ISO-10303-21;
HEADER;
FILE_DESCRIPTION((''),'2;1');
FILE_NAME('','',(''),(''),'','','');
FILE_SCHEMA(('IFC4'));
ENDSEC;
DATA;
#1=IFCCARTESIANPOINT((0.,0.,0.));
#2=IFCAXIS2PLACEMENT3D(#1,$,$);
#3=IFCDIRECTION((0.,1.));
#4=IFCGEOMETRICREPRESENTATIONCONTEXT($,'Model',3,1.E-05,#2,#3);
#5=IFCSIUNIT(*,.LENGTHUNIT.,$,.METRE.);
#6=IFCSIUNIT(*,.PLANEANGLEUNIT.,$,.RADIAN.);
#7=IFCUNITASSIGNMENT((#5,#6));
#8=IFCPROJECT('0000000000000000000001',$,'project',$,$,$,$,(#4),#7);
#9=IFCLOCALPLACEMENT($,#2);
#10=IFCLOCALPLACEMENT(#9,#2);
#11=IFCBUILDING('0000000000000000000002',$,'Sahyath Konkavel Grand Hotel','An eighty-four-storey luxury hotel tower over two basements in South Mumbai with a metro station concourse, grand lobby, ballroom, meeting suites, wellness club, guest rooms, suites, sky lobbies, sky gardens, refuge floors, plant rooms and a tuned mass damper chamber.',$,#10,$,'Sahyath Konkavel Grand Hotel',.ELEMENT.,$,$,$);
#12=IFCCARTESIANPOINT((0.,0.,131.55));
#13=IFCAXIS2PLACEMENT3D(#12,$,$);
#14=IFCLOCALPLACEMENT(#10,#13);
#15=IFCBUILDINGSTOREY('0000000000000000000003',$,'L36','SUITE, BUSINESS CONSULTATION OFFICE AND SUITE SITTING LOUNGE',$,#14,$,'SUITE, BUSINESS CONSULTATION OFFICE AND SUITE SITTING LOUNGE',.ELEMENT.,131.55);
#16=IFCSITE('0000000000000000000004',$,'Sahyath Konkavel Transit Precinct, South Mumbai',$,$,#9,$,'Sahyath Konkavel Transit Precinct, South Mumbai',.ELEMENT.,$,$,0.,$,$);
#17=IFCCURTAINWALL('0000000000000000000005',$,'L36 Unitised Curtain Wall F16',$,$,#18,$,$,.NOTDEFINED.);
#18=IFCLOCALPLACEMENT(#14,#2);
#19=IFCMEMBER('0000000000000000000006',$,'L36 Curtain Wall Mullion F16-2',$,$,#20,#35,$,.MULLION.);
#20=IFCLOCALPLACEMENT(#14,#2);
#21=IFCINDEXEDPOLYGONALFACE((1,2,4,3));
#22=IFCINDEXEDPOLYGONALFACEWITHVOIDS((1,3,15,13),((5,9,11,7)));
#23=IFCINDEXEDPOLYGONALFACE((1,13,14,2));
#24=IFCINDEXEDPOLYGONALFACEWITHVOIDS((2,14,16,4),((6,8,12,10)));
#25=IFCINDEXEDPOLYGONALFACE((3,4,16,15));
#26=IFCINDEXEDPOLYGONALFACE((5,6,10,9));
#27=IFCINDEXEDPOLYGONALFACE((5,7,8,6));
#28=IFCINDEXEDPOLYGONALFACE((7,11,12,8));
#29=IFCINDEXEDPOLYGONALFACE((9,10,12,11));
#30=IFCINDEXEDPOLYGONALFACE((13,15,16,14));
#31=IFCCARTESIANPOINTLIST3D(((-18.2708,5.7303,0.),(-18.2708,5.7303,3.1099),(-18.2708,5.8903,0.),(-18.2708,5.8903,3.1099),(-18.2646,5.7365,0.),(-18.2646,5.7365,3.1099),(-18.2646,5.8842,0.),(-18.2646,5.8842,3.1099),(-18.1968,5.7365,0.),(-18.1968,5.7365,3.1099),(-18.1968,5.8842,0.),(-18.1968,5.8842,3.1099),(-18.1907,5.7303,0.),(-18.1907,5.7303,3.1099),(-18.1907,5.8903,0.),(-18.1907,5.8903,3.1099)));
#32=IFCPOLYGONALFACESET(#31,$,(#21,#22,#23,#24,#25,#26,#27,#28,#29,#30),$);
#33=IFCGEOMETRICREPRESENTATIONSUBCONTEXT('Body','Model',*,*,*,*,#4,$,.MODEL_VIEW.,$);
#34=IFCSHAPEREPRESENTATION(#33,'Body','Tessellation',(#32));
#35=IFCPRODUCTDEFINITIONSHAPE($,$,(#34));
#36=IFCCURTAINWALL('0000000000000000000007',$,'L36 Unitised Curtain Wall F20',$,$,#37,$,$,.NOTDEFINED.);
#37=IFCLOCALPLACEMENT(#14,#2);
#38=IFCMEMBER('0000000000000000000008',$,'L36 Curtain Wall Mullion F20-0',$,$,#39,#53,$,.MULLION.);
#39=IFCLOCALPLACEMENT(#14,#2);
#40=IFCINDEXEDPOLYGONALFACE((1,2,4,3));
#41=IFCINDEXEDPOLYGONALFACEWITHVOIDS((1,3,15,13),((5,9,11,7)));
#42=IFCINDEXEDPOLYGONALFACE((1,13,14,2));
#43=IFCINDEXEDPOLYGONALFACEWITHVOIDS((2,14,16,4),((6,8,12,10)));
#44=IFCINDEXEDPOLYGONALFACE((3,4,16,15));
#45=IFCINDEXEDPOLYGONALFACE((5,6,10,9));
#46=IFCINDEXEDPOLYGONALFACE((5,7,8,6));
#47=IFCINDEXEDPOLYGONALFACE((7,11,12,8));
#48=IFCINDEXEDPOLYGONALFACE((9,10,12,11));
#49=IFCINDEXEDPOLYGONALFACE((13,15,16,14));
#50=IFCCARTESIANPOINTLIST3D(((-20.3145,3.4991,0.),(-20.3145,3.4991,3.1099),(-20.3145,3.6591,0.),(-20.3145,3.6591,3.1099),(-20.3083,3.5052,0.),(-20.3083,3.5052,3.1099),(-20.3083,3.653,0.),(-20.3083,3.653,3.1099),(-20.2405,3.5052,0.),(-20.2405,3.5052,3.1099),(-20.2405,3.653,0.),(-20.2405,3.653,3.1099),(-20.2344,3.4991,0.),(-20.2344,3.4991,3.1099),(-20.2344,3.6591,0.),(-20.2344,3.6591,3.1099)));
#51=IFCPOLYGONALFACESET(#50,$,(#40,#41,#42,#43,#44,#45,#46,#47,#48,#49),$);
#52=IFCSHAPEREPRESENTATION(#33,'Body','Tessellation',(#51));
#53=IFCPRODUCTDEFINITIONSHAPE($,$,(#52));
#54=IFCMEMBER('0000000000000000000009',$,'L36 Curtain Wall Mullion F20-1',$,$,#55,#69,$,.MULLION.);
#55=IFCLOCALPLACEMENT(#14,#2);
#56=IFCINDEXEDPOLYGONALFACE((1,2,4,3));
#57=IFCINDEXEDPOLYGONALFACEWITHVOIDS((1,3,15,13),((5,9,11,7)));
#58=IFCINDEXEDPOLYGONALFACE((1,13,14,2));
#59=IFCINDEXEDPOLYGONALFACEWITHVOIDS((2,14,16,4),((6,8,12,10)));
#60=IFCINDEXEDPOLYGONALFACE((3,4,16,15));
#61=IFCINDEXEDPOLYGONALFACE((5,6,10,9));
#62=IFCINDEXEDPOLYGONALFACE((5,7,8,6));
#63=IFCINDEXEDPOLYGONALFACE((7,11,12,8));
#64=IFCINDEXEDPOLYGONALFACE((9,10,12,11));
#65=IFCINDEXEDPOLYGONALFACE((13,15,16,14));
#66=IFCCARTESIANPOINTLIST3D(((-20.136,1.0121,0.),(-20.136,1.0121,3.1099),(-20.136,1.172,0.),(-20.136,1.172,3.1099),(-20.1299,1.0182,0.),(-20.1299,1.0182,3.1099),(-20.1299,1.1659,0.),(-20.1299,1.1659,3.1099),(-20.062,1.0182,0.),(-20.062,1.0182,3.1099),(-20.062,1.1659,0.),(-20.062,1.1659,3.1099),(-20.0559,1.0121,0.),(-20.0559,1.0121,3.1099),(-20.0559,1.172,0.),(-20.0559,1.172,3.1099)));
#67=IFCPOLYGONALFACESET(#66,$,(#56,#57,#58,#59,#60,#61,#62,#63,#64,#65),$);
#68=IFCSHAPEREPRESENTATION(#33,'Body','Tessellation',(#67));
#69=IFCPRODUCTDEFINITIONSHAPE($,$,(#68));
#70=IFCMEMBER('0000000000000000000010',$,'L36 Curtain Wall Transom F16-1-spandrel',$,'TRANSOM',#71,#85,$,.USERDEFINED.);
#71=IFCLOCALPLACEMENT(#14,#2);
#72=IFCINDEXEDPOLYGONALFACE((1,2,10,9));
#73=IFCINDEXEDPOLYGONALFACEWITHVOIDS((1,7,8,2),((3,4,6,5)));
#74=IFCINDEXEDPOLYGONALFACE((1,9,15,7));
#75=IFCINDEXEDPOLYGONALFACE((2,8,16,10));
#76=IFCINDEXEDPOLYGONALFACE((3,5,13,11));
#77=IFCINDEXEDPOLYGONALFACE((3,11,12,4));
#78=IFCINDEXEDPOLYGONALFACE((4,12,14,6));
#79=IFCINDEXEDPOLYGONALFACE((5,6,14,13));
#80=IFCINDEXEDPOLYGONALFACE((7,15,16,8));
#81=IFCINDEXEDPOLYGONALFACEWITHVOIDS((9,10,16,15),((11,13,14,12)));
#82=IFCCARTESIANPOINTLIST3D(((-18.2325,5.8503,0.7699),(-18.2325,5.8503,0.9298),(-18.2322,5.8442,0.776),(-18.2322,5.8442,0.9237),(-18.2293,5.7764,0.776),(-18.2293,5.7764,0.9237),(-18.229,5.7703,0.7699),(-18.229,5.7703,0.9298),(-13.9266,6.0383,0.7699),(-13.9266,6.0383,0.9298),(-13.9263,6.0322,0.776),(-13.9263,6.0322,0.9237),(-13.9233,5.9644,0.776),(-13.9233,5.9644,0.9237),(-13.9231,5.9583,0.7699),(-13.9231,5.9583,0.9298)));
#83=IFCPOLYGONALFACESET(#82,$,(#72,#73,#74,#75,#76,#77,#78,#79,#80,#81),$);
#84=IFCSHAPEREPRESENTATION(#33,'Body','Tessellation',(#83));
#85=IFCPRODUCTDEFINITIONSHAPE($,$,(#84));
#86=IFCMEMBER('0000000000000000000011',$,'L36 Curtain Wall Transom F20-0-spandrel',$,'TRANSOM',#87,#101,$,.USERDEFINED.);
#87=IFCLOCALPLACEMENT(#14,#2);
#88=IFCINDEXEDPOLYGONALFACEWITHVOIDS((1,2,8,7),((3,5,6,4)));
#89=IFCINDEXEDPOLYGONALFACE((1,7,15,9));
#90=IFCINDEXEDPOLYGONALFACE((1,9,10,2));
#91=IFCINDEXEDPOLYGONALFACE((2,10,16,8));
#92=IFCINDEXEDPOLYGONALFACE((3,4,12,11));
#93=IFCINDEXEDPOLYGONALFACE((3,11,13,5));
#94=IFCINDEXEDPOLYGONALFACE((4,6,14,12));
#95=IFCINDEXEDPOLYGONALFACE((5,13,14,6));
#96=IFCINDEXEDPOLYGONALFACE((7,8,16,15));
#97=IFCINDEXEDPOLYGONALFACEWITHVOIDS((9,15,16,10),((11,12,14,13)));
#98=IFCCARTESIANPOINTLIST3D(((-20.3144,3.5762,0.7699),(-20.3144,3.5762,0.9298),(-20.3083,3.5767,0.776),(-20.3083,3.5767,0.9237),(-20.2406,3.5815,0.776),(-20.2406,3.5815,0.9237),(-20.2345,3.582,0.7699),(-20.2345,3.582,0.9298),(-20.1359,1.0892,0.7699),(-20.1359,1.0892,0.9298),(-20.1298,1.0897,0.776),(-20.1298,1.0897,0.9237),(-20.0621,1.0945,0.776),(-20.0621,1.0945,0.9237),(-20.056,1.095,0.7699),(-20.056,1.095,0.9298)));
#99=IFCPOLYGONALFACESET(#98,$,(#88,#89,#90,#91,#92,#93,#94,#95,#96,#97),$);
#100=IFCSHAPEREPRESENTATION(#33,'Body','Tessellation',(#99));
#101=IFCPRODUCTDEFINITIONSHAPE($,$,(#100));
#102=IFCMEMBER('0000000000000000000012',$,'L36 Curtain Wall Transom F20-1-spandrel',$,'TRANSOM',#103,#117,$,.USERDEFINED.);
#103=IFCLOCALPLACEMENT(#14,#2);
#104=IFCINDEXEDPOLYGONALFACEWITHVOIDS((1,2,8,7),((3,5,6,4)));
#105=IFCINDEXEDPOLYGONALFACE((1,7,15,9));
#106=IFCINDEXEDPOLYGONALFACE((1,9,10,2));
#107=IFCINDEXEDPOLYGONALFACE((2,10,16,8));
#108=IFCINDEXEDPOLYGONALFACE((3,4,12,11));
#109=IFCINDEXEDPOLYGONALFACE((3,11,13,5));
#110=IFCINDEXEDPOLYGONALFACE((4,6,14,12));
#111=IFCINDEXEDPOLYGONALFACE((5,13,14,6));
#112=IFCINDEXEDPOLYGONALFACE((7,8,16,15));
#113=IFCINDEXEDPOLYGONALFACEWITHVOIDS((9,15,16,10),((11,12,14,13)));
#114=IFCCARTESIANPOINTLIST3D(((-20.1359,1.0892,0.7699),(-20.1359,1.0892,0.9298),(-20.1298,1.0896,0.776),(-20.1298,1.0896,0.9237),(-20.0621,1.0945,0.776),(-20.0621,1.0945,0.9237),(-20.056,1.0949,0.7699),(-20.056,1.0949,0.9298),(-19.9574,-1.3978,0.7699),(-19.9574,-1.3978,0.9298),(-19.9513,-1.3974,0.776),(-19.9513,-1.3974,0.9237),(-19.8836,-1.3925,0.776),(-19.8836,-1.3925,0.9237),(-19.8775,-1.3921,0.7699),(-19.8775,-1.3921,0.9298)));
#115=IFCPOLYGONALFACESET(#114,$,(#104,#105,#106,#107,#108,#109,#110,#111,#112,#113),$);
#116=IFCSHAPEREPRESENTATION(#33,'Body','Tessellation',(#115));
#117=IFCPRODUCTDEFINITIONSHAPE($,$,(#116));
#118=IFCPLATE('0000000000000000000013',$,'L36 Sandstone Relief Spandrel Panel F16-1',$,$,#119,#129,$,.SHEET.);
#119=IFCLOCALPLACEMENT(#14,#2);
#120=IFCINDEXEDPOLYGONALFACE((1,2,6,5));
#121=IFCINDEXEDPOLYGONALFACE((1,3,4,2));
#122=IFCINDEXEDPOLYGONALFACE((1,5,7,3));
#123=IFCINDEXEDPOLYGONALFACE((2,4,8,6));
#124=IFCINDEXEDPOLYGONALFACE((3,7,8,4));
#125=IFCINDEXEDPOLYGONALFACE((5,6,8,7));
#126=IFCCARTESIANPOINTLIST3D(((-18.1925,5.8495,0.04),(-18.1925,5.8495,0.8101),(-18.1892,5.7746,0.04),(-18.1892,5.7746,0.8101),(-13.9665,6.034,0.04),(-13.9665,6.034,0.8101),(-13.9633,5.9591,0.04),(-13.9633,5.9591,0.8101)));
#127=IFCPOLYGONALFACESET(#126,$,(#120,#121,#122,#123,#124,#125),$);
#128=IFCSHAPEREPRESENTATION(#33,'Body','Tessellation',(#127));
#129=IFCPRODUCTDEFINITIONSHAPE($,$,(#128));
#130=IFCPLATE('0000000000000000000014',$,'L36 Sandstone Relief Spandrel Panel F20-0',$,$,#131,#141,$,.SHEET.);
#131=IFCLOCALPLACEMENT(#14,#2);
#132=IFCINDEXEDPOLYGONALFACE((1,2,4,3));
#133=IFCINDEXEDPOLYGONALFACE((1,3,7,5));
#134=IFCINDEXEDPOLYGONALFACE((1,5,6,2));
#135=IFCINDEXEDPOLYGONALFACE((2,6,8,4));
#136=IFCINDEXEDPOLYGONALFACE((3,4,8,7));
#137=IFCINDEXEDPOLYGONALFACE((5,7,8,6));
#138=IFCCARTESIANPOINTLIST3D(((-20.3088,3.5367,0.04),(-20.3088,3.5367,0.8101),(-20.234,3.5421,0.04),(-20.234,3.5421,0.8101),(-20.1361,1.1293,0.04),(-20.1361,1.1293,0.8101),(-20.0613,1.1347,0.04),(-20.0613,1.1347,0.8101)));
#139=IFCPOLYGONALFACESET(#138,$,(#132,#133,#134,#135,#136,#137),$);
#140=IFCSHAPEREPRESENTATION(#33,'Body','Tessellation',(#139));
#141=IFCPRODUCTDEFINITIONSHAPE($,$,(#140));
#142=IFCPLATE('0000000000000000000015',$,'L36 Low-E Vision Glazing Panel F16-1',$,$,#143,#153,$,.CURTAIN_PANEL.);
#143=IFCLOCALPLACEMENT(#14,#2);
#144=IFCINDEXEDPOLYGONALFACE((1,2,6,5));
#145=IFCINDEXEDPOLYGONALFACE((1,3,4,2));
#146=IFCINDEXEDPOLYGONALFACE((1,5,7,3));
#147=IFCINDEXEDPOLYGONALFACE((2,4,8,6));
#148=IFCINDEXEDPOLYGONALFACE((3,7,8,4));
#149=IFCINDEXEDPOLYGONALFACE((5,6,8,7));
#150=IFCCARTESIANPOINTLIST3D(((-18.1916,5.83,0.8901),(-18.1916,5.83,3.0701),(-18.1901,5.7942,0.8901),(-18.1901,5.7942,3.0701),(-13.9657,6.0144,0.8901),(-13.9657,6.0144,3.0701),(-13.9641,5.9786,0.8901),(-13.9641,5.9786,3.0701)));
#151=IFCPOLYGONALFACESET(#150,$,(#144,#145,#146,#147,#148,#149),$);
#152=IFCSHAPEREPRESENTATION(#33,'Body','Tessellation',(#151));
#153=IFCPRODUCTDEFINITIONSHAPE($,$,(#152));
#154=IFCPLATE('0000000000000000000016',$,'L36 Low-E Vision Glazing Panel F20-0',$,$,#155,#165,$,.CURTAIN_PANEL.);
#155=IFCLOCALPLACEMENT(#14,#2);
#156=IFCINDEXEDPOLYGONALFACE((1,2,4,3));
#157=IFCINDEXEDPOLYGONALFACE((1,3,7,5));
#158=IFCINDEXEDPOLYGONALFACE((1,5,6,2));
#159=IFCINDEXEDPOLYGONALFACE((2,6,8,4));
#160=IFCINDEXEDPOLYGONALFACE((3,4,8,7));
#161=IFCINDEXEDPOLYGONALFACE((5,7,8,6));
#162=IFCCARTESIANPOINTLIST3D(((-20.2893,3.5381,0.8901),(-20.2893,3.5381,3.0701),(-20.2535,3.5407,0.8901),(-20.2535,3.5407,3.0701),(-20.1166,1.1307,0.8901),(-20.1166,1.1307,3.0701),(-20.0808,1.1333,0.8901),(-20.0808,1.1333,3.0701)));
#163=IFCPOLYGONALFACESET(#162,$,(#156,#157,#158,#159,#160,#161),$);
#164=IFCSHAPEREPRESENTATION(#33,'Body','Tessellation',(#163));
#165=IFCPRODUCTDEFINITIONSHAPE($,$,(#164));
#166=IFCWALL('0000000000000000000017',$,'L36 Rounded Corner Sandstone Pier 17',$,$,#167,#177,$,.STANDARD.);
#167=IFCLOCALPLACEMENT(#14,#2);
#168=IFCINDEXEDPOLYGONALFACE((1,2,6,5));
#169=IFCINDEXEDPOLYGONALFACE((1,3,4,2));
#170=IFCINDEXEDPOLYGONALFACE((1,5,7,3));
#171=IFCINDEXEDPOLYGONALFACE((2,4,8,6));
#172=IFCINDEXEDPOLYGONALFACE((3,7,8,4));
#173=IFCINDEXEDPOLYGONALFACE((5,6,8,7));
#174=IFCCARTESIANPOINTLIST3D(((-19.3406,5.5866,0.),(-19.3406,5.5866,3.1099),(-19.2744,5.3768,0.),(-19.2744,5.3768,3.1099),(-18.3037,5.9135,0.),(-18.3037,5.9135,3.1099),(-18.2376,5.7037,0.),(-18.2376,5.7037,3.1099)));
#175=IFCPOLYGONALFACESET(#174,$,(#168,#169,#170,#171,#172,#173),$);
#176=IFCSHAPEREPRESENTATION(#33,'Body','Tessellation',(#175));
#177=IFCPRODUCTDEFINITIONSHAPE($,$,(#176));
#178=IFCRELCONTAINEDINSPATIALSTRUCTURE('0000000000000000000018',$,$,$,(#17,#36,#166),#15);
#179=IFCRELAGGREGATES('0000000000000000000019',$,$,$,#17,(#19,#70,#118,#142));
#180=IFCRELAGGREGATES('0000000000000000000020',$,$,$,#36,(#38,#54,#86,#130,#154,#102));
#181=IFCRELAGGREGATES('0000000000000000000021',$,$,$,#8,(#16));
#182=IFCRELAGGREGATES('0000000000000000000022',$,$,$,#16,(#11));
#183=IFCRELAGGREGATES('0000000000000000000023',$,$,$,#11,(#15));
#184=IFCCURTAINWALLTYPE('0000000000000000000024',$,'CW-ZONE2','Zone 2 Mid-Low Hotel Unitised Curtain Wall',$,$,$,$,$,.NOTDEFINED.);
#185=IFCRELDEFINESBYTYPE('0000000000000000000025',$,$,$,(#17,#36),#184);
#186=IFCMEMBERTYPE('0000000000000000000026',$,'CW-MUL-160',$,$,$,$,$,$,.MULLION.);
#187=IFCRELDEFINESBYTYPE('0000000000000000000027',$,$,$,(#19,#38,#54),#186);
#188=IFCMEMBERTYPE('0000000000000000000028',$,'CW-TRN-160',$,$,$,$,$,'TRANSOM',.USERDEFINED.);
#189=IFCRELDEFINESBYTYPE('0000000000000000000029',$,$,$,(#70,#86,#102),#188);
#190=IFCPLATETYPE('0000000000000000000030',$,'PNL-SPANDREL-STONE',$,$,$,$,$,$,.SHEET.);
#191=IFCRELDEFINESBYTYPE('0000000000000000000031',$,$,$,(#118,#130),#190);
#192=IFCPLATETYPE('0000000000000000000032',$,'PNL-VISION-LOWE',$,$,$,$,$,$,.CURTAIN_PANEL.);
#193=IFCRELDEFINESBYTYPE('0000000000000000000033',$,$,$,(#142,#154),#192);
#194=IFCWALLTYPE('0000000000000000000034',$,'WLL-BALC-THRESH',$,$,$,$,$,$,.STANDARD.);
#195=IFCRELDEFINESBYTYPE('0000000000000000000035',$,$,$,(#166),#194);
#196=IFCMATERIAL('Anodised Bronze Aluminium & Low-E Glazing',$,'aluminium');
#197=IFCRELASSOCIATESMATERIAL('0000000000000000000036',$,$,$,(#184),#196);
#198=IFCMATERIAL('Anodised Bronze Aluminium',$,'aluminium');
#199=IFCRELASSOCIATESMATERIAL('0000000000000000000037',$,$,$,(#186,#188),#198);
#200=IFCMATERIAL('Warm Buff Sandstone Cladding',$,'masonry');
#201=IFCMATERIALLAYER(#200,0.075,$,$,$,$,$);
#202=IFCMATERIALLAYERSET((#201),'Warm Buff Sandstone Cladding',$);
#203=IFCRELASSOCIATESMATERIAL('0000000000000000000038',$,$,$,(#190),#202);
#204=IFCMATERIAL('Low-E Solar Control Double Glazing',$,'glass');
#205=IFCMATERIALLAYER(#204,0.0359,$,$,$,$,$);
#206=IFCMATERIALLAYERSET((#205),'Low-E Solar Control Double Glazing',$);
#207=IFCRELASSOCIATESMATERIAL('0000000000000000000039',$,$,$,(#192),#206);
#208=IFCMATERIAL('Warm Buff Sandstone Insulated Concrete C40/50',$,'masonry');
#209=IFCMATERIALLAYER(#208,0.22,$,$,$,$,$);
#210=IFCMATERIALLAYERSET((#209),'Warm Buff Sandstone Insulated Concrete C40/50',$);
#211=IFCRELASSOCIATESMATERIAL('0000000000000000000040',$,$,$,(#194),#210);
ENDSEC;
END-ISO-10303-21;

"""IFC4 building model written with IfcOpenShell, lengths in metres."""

from ifc_helpers import new_model, si_unit, direction, frame, frame_2d, origin, origin_2d, place, context, subcontext, project, spatial, rectangle, hollow_rectangle, extrude, source, transform, mapped, material, layer, layer_set, material_profile, profile_set, type_object, element, aggregate, save


model = new_model("IFC4")

# Units and contexts
model_context = context("Model", 3, precision=1e-05, world=origin(), true_north=direction((0.0, 1.0)))
body_context = subcontext(model_context, "Body", "Model", "MODEL_VIEW")
ifc_project = project(units=[si_unit("LENGTHUNIT", "METRE"), si_unit("PLANEANGLEUNIT", "RADIAN")], contexts=[model_context])

# Site, building, storey
site_placement = place(None, origin())
site = spatial("IfcSite", under=ifc_project, at=site_placement, Name="Sahyath Konkavel Transit Precinct, South Mumbai", LongName="Sahyath Konkavel Transit Precinct, South Mumbai", CompositionType="ELEMENT", RefElevation=0.0)
building_placement = place(site_placement, origin())
building = spatial("IfcBuilding", under=site, at=building_placement, Name="Sahyath Konkavel Grand Hotel", Description="An eighty-four-storey luxury hotel tower over two basements in South Mumbai with a metro station concourse, grand lobby, ballroom, meeting suites, wellness club, guest rooms, suites, sky lobbies, sky gardens, refuge floors, plant rooms and a tuned mass damper chamber.", LongName="Sahyath Konkavel Grand Hotel", CompositionType="ELEMENT")
storey_placement = place(building_placement, frame((0.0, 0.0, 131.55)))
storey = spatial("IfcBuildingStorey", under=building, at=storey_placement, Name="L36", Description="SUITE, BUSINESS CONSULTATION OFFICE AND SUITE SITTING LOUNGE", LongName="SUITE, BUSINESS CONSULTATION OFFICE AND SUITE SITTING LOUNGE", CompositionType="ELEMENT", Elevation=131.55)

# Curtain walls, members
ifc_material_1 = material(Name="Anodised Bronze Aluminium & Low-E Glazing", Category="aluminium")
curtain_wall_type = type_object("IfcCurtainWallType", Name="CW-ZONE2", Description="Zone 2 Mid-Low Hotel Unitised Curtain Wall", PredefinedType="NOTDEFINED", material=ifc_material_1)
curtain_wall_1_placement = place(storey_placement, origin())
curtain_wall_1 = element("IfcCurtainWall", 1, at=curtain_wall_1_placement, inside=storey, type_object=curtain_wall_type, Name="L36 Unitised Curtain Wall F16", PredefinedType="NOTDEFINED")
ifc_material_2 = material(Name="Anodised Bronze Aluminium", Category="aluminium")
ifc_material_profile_1 = material_profile(ifc_material_2, hollow_rectangle(XDim=0.0801, YDim=0.1599, WallThickness=0.0061, at=origin_2d()), Name="RHS 160x80x6")
ifc_profile_set_1 = profile_set([ifc_material_profile_1], Name="Anodised Bronze Aluminium")
member_type_1 = type_object("IfcMemberType", Name="CW-MUL-160", PredefinedType="MULLION", material=ifc_profile_set_1)
shared_shape_1 = source(origin(), body_context, "Body", "SweptSolid", [
    extrude(hollow_rectangle(XDim=0.0801, YDim=0.1599, WallThickness=0.0061, at=origin_2d()), origin(), (0.0, 0.0, 1.0), 3.1099),
])
member_1_placement = place(storey_placement, frame((-18.2307, 5.8103, 0.0), z_axis=(0.0, 0.0, 1.0), x_axis=(1.0, 0.0, 0.0)))
member_1 = element("IfcMember", 2, at=member_1_placement, type_object=member_type_1, Name="L36 Curtain Wall Mullion F16-2", PredefinedType="MULLION", context=body_context, shape_type="MappedRepresentation", body=[
    mapped(shared_shape_1, transform((0.0, 0.0, 0.0), scale=1.0)),
])
curtain_wall_2_placement = place(storey_placement, origin())
curtain_wall_2 = element("IfcCurtainWall", 3, at=curtain_wall_2_placement, inside=storey, type_object=curtain_wall_type, Name="L36 Unitised Curtain Wall F20", PredefinedType="NOTDEFINED")
member_2_placement = place(storey_placement, frame((-20.2744, 3.5791, 0.0), z_axis=(0.0, 0.0, 1.0), x_axis=(1.0, 0.0, 0.0)))
member_2 = element("IfcMember", 4, at=member_2_placement, type_object=member_type_1, Name="L36 Curtain Wall Mullion F20-0", PredefinedType="MULLION", context=body_context, shape_type="MappedRepresentation", body=[
    mapped(shared_shape_1, transform((0.0, 0.0, 0.0), scale=1.0)),
])
member_3_placement = place(storey_placement, frame((-20.0959, 1.092, 0.0), z_axis=(0.0, 0.0, 1.0), x_axis=(1.0, 0.0, 0.0)))
member_3 = element("IfcMember", 5, at=member_3_placement, type_object=member_type_1, Name="L36 Curtain Wall Mullion F20-1", PredefinedType="MULLION", context=body_context, shape_type="MappedRepresentation", body=[
    mapped(shared_shape_1, transform((0.0, 0.0, 0.0), scale=1.0)),
])

# Members
ifc_material_profile_2 = material_profile(ifc_material_2, hollow_rectangle(XDim=0.0801, YDim=0.1599, WallThickness=0.0061, at=origin_2d()), Name="RHS 160x80x6")
ifc_profile_set_2 = profile_set([ifc_material_profile_2], Name="Anodised Bronze Aluminium")
member_type_2 = type_object("IfcMemberType", Name="CW-TRN-160", ElementType="TRANSOM", PredefinedType="USERDEFINED", material=ifc_profile_set_2)
shared_shape_2 = source(origin(), body_context, "Body", "SweptSolid", [
    extrude(hollow_rectangle(XDim=0.0801, YDim=0.1599, WallThickness=0.0061, at=origin_2d()), origin(), (0.0, 0.0, 1.0), 4.3101),
])
member_4_placement = place(storey_placement, frame((-13.9248, 5.9983, 0.8499), z_axis=(-0.999048, -0.043617, 0.0), x_axis=(0.043617, -0.999048, 0.0)))
member_4 = element("IfcMember", 6, at=member_4_placement, type_object=member_type_2, Name="L36 Curtain Wall Transom F16-1-spandrel", ObjectType="TRANSOM", PredefinedType="USERDEFINED", context=body_context, shape_type="MappedRepresentation", body=[
    mapped(shared_shape_2, transform((0.0, 0.0, 0.0), scale=1.0)),
])
shared_shape_3 = source(origin(), body_context, "Body", "SweptSolid", [
    extrude(hollow_rectangle(XDim=0.0801, YDim=0.1599, WallThickness=0.0061, at=origin_2d()), origin(), (0.0, 0.0, 1.0), 2.4934),
])
member_5_placement = place(storey_placement, frame((-20.2744, 3.5791, 0.8499), z_axis=(0.071574, -0.997435, 0.0), x_axis=(0.997435, 0.071574, 0.0)))
member_5 = element("IfcMember", 7, at=member_5_placement, type_object=member_type_2, Name="L36 Curtain Wall Transom F20-0-spandrel", ObjectType="TRANSOM", PredefinedType="USERDEFINED", context=body_context, shape_type="MappedRepresentation", body=[
    mapped(shared_shape_3, transform((0.0, 0.0, 0.0), scale=1.0)),
])
member_6_placement = place(storey_placement, frame((-20.0959, 1.092, 0.8499), z_axis=(0.071574, -0.997435, 0.0), x_axis=(0.997435, 0.071574, 0.0)))
member_6 = element("IfcMember", 8, at=member_6_placement, type_object=member_type_2, Name="L36 Curtain Wall Transom F20-1-spandrel", ObjectType="TRANSOM", PredefinedType="USERDEFINED", context=body_context, shape_type="MappedRepresentation", body=[
    mapped(shared_shape_3, transform((0.0, 0.0, 0.0), scale=1.0)),
])

# Plates
ifc_material_3 = material(Name="Warm Buff Sandstone Cladding", Category="masonry")
ifc_layer_1 = layer(ifc_material_3, 0.075)
ifc_layer_set_1 = layer_set([ifc_layer_1], Name="Warm Buff Sandstone Cladding")
plate_type_1 = type_object("IfcPlateType", Name="PNL-SPANDREL-STONE", PredefinedType="SHEET", material=ifc_layer_set_1)
shared_shape_4 = source(origin(), body_context, "Body", "SweptSolid", [
    extrude(rectangle(XDim=4.23, YDim=0.075, at=origin_2d()), origin(), (0.0, 0.0, 1.0), 0.77),
])
plate_1_placement = place(storey_placement, frame((-16.0779, 5.9043, 0.04), z_axis=(0.0, 0.0, 1.0), x_axis=(-0.999049, -0.043602, 0.0)))
plate_1 = element("IfcPlate", 9, at=plate_1_placement, type_object=plate_type_1, Name="L36 Sandstone Relief Spandrel Panel F16-1", PredefinedType="SHEET", context=body_context, shape_type="MappedRepresentation", body=[
    mapped(shared_shape_4, transform((0.0, 0.0, 0.0), scale=1.0)),
])
shared_shape_5 = source(origin(), body_context, "Body", "SweptSolid", [
    extrude(rectangle(XDim=2.4136, YDim=0.075, at=origin_2d()), origin(), (0.0, 0.0, 1.0), 0.77),
])
plate_2_placement = place(storey_placement, frame((-20.1851, 2.3357, 0.04), z_axis=(0.0, 0.0, 1.0), x_axis=(0.071567, -0.997436, 0.0)))
plate_2 = element("IfcPlate", 10, at=plate_2_placement, type_object=plate_type_1, Name="L36 Sandstone Relief Spandrel Panel F20-0", PredefinedType="SHEET", context=body_context, shape_type="MappedRepresentation", body=[
    mapped(shared_shape_5, transform((0.0, 0.0, 0.0), scale=1.0)),
])
ifc_material_4 = material(Name="Low-E Solar Control Double Glazing", Category="glass")
ifc_layer_2 = layer(ifc_material_4, 0.0359)
ifc_layer_set_2 = layer_set([ifc_layer_2], Name="Low-E Solar Control Double Glazing")
plate_type_2 = type_object("IfcPlateType", Name="PNL-VISION-LOWE", PredefinedType="CURTAIN_PANEL", material=ifc_layer_set_2)
shared_shape_6 = source(origin(), body_context, "Body", "SweptSolid", [
    extrude(rectangle(XDim=4.23, YDim=0.0359, at=origin_2d()), origin(), (0.0, 0.0, 1.0), 2.1799),
])
plate_3_placement = place(storey_placement, frame((-16.0779, 5.9043, 0.8901), z_axis=(0.0, 0.0, 1.0), x_axis=(-0.999049, -0.043602, 0.0)))
plate_3 = element("IfcPlate", 11, at=plate_3_placement, type_object=plate_type_2, Name="L36 Low-E Vision Glazing Panel F16-1", PredefinedType="CURTAIN_PANEL", context=body_context, shape_type="MappedRepresentation", body=[
    mapped(shared_shape_6, transform((0.0, 0.0, 0.0), scale=1.0)),
])
aggregate(curtain_wall_1, [member_1, member_4, plate_1, plate_3])
shared_shape_7 = source(origin(), body_context, "Body", "SweptSolid", [
    extrude(rectangle(XDim=2.4136, YDim=0.0359, at=origin_2d()), origin(), (0.0, 0.0, 1.0), 2.1799),
])
plate_4_placement = place(storey_placement, frame((-20.1851, 2.3357, 0.8901), z_axis=(0.0, 0.0, 1.0), x_axis=(0.071567, -0.997436, 0.0)))
plate_4 = element("IfcPlate", 12, at=plate_4_placement, type_object=plate_type_2, Name="L36 Low-E Vision Glazing Panel F20-0", PredefinedType="CURTAIN_PANEL", context=body_context, shape_type="MappedRepresentation", body=[
    mapped(shared_shape_7, transform((0.0, 0.0, 0.0), scale=1.0)),
])
aggregate(curtain_wall_2, [member_2, member_3, member_5, plate_2, plate_4, member_6])

# Wall
ifc_material_5 = material(Name="Warm Buff Sandstone Insulated Concrete C40/50", Category="masonry")
ifc_layer_3 = layer(ifc_material_5, 0.22)
ifc_layer_set_3 = layer_set([ifc_layer_3], Name="Warm Buff Sandstone Insulated Concrete C40/50")
wall_type_1 = type_object("IfcWallType", Name="WLL-BALC-THRESH", PredefinedType="STANDARD", material=ifc_layer_set_3)
for number, where, z_axis, x_axis, name in (
    (13, (-18.2708, 5.8086, 0.0), (0.0, 0.0, 1.0), (-0.953722, -0.300691, 0.0), "L36 Rounded Corner Sandstone Pier 17"),
):
    element("IfcWall", number, at=place(storey_placement, frame(where, z_axis=z_axis, x_axis=x_axis)), inside=storey, type_object=wall_type_1, Name=name, PredefinedType="STANDARD", context=body_context, shape_type="SweptSolid", body=[
        extrude(rectangle(XDim=1.0872, YDim=0.22, at=frame_2d((0.5435, 0.0))), origin(), (0.0, 0.0, 1.0), 3.1099),
    ])

save(model, "model.ifc")
